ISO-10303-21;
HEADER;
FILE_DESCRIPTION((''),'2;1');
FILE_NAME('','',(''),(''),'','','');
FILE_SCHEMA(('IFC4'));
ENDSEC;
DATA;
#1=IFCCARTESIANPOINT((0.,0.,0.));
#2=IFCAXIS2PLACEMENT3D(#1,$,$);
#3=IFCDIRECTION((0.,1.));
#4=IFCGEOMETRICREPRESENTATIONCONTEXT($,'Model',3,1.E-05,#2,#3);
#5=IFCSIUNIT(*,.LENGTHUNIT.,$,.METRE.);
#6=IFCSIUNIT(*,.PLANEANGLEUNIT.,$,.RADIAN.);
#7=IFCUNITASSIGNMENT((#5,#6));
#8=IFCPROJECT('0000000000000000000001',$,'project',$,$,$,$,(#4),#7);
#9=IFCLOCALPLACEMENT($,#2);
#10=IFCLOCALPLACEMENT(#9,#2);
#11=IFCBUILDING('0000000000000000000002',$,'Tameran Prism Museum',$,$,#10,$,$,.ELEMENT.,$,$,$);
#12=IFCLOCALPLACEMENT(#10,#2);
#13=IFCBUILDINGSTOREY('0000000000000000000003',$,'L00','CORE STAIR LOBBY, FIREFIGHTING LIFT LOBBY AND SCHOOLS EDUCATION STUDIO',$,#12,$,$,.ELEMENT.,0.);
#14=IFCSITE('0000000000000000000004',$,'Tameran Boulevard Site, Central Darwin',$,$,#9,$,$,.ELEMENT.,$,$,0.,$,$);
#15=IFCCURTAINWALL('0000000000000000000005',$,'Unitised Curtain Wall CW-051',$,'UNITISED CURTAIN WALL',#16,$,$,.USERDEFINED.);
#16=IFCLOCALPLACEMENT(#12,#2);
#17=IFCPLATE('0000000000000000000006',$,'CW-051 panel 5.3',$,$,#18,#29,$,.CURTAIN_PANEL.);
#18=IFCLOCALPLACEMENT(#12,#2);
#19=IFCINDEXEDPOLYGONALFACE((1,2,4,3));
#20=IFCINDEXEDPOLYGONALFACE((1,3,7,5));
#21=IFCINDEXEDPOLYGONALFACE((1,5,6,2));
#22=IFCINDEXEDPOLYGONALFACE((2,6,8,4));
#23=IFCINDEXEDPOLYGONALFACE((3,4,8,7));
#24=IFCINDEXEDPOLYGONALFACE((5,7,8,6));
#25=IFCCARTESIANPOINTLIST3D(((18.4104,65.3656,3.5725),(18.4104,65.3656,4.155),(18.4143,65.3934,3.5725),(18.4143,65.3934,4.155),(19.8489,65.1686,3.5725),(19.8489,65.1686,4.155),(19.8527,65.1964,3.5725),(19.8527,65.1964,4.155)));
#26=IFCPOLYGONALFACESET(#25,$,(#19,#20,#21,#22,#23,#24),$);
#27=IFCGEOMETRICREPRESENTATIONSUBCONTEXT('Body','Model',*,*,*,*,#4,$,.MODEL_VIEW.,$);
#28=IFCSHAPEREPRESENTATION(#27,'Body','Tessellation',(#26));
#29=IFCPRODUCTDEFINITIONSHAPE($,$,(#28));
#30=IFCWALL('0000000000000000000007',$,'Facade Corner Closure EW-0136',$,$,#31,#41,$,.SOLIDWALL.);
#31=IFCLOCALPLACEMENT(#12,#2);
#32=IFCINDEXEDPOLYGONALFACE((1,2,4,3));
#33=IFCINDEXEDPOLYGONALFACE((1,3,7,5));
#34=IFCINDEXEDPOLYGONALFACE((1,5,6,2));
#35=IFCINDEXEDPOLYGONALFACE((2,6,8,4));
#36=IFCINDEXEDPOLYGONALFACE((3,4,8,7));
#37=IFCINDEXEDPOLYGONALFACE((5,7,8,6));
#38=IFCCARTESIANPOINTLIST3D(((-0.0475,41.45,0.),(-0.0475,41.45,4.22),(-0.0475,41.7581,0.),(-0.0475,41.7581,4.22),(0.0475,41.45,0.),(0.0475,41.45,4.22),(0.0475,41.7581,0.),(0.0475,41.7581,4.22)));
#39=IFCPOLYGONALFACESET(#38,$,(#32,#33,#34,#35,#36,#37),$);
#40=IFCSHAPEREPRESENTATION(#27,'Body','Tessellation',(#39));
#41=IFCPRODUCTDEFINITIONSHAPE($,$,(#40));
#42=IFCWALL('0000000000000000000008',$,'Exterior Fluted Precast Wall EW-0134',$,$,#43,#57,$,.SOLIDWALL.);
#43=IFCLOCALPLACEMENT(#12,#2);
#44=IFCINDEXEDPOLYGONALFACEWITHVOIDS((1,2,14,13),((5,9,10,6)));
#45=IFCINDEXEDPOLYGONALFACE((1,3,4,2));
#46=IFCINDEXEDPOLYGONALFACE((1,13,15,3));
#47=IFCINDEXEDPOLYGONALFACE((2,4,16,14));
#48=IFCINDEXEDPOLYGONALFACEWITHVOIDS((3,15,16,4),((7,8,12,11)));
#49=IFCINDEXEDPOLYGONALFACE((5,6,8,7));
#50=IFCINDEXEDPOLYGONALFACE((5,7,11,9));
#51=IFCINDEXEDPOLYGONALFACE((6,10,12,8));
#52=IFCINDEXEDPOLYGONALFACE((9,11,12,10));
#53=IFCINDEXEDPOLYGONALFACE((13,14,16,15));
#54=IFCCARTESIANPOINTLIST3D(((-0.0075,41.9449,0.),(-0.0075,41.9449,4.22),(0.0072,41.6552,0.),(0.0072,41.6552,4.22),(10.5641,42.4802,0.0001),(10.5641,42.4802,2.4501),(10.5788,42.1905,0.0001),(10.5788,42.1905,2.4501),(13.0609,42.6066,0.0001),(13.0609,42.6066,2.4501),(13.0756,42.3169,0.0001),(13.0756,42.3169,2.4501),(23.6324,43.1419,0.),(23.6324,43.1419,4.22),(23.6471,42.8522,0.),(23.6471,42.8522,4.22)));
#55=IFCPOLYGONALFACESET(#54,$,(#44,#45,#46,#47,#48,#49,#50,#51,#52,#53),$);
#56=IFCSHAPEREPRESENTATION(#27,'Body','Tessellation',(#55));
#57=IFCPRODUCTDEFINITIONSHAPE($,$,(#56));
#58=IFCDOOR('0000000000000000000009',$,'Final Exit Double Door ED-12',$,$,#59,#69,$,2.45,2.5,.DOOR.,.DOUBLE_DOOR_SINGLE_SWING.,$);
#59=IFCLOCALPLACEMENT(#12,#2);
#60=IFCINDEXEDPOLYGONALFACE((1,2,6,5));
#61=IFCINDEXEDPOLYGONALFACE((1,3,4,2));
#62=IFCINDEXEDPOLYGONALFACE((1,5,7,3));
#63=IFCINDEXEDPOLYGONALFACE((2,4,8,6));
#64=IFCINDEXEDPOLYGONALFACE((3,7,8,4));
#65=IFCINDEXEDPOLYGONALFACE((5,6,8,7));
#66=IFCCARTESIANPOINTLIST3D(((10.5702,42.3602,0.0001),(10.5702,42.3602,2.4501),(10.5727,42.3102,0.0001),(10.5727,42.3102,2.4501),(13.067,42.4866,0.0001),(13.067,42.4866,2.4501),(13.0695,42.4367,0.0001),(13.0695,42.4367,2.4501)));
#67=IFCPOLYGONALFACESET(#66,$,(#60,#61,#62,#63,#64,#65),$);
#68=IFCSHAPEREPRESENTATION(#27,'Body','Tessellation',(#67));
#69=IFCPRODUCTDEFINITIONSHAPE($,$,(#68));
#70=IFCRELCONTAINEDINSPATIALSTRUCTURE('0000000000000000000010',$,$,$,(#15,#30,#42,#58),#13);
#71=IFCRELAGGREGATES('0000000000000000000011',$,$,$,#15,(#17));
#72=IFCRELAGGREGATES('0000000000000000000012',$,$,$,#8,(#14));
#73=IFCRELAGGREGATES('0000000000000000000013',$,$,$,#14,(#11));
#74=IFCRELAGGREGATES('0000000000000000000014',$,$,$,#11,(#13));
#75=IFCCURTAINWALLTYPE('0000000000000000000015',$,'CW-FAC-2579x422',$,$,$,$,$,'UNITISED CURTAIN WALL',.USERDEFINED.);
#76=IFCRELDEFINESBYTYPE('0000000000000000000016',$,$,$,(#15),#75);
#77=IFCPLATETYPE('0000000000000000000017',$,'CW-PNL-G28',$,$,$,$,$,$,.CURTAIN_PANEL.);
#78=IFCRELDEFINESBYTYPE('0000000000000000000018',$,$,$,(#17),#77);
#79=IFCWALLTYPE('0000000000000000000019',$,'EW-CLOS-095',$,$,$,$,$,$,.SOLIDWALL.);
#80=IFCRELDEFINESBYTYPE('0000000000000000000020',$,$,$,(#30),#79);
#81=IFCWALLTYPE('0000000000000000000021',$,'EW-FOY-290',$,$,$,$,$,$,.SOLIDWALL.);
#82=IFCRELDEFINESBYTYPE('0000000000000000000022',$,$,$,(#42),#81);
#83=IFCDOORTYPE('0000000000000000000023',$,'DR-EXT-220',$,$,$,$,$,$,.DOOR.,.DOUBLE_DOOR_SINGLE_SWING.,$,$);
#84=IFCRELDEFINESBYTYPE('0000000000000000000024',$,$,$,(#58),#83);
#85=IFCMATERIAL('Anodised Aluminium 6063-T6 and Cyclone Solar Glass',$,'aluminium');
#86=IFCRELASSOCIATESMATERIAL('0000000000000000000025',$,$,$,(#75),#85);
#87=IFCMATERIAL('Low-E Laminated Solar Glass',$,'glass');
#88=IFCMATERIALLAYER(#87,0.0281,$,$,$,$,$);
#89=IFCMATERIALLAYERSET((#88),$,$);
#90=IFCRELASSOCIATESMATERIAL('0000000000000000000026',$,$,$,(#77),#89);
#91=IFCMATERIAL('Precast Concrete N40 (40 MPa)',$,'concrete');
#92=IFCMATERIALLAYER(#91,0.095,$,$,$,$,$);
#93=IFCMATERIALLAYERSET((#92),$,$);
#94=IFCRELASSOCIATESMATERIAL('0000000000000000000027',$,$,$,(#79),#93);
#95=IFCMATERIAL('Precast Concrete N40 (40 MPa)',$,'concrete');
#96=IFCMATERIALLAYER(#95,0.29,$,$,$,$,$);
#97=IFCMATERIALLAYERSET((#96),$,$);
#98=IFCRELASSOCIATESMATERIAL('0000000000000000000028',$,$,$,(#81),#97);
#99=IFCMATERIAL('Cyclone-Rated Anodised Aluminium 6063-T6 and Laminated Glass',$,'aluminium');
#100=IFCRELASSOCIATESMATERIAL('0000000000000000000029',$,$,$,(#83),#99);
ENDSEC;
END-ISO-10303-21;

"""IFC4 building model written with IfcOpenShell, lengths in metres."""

from ifc_helpers import new_model, si_unit, direction, frame, frame_2d, origin, origin_2d, place, context, subcontext, project, spatial, rectangle, extrude, material, layer, layer_set, type_object, element, fill, aggregate, save


model = new_model("IFC4")

# Units and contexts
model_context = context("Model", 3, precision=1e-05, world=origin(), true_north=direction((0.0, 1.0)))
body_context = subcontext(model_context, "Body", "Model", "MODEL_VIEW")
ifc_project = project(units=[si_unit("LENGTHUNIT", "METRE"), si_unit("PLANEANGLEUNIT", "RADIAN")], contexts=[model_context])

# Site, building, storey
site_placement = place(None, origin())
site = spatial("IfcSite", under=ifc_project, at=site_placement, Name="Tameran Boulevard Site, Central Darwin", CompositionType="ELEMENT", RefElevation=0.0)
building_placement = place(site_placement, origin())
building = spatial("IfcBuilding", under=site, at=building_placement, Name="Tameran Prism Museum", CompositionType="ELEMENT")
storey_placement = place(building_placement, origin())
storey = spatial("IfcBuildingStorey", under=building, at=storey_placement, Name="L00", Description="CORE STAIR LOBBY, FIREFIGHTING LIFT LOBBY AND SCHOOLS EDUCATION STUDIO", CompositionType="ELEMENT", Elevation=0.0)

# Curtain wall
ifc_material_1 = material(Name="Anodised Aluminium 6063-T6 and Cyclone Solar Glass", Category="aluminium")
curtain_wall_type_1 = type_object("IfcCurtainWallType", Name="CW-FAC-2579x422", ElementType="UNITISED CURTAIN WALL", PredefinedType="USERDEFINED", material=ifc_material_1)
curtain_wall_1_placement = place(storey_placement, origin())
curtain_wall_1 = element("IfcCurtainWall", 1, at=curtain_wall_1_placement, inside=storey, type_object=curtain_wall_type_1, Name="Unitised Curtain Wall CW-051", ObjectType="UNITISED CURTAIN WALL", PredefinedType="USERDEFINED")

# Plate
ifc_material_2 = material(Name="Low-E Laminated Solar Glass", Category="glass")
ifc_layer_1 = layer(ifc_material_2, 0.0281)
ifc_layer_set_1 = layer_set([ifc_layer_1])
plate_type = type_object("IfcPlateType", Name="CW-PNL-G28", PredefinedType="CURTAIN_PANEL", material=ifc_layer_set_1)
plate_1_placement = place(storey_placement, frame((19.1316, 65.281, 3.5725), z_axis=(0.0, 0.0, 1.0), x_axis=(-0.990756, 0.135658, 0.0)))
plate_1 = element("IfcPlate", 2, at=plate_1_placement, type_object=plate_type, Name="CW-051 panel 5.3", PredefinedType="CURTAIN_PANEL", context=body_context, shape_type="SweptSolid", body=[
    extrude(rectangle(XDim=1.4519, YDim=0.0281, at=origin_2d()), origin(), (0.0, 0.0, 1.0), 0.5825),
])
aggregate(curtain_wall_1, [plate_1])

# Wall
ifc_material_3 = material(Name="Precast Concrete N40 (40 MPa)", Category="concrete")
ifc_layer_2 = layer(ifc_material_3, 0.095)
ifc_layer_set_2 = layer_set([ifc_layer_2])
wall_type_1 = type_object("IfcWallType", Name="EW-CLOS-095", PredefinedType="SOLIDWALL", material=ifc_layer_set_2)
wall_1_placement = place(storey_placement, frame((0.0, 41.45, 0.0), z_axis=(0.0, 0.0, 1.0), x_axis=(0.0, 1.0, 0.0)))
element("IfcWall", 3, at=wall_1_placement, inside=storey, type_object=wall_type_1, Name="Facade Corner Closure EW-0136", PredefinedType="SOLIDWALL", context=body_context, shape_type="SweptSolid", body=[
    extrude(rectangle(XDim=0.3081, YDim=0.095, at=frame_2d((0.1541, 0.0))), origin(), (0.0, 0.0, 1.0), 4.22),
])

# Wall, opening, door
ifc_material_4 = material(Name="Precast Concrete N40 (40 MPa)", Category="concrete")
ifc_layer_3 = layer(ifc_material_4, 0.29)
ifc_layer_set_3 = layer_set([ifc_layer_3])
wall_type_2 = type_object("IfcWallType", Name="EW-FOY-290", PredefinedType="SOLIDWALL", material=ifc_layer_set_3)
wall_2_placement = place(storey_placement, frame((0.0, 41.8, 0.0), z_axis=(0.0, 0.0, 1.0), x_axis=(0.99872, 0.050571, 0.0)))
wall_2 = element("IfcWall", 4, at=wall_2_placement, inside=storey, type_object=wall_type_2, Name="Exterior Fluted Precast Wall EW-0134", PredefinedType="SOLIDWALL", context=body_context, shape_type="SweptSolid", body=[
    extrude(rectangle(XDim=23.6702, YDim=0.29, at=frame_2d((11.835, 0.0))), origin(), (0.0, 0.0, 1.0), 4.22),
])
opening_placement = place(wall_2_placement, frame((10.585, 0.0, 0.0)))
opening = element("IfcOpeningElement", 5, at=opening_placement, cuts=wall_2, PredefinedType="OPENING", context=body_context, shape_type="SweptSolid", body=[
    extrude(rectangle(XDim=2.5, YDim=2.45, at=frame_2d((1.25, 1.2251))), frame((0.0, 0.155, 0.0), z_axis=(0.0, -1.0, 0.0), x_axis=(1.0, 0.0, 0.0)), (0.0, 0.0, 1.0), 0.3101),
])
ifc_material_5 = material(Name="Cyclone-Rated Anodised Aluminium 6063-T6 and Laminated Glass", Category="aluminium")
door_type = type_object("IfcDoorType", Name="DR-EXT-220", OperationType="DOUBLE_DOOR_SINGLE_SWING", PredefinedType="DOOR", material=ifc_material_5)
door_placement = place(opening_placement, origin())
door = element("IfcDoor", 6, at=door_placement, inside=storey, type_object=door_type, Name="Final Exit Double Door ED-12", OperationType="DOUBLE_DOOR_SINGLE_SWING", OverallHeight=2.45, OverallWidth=2.5, PredefinedType="DOOR", context=body_context, shape_type="SweptSolid", body=[
    extrude(rectangle(XDim=2.5, YDim=2.45, at=frame_2d((1.25, 1.2251))), frame((0.0, 0.0249, 0.0), z_axis=(0.0, -1.0, 0.0), x_axis=(1.0, 0.0, 0.0)), (0.0, 0.0, 1.0), 0.05),
])
fill(opening, door)

save(model, "model.ifc")
